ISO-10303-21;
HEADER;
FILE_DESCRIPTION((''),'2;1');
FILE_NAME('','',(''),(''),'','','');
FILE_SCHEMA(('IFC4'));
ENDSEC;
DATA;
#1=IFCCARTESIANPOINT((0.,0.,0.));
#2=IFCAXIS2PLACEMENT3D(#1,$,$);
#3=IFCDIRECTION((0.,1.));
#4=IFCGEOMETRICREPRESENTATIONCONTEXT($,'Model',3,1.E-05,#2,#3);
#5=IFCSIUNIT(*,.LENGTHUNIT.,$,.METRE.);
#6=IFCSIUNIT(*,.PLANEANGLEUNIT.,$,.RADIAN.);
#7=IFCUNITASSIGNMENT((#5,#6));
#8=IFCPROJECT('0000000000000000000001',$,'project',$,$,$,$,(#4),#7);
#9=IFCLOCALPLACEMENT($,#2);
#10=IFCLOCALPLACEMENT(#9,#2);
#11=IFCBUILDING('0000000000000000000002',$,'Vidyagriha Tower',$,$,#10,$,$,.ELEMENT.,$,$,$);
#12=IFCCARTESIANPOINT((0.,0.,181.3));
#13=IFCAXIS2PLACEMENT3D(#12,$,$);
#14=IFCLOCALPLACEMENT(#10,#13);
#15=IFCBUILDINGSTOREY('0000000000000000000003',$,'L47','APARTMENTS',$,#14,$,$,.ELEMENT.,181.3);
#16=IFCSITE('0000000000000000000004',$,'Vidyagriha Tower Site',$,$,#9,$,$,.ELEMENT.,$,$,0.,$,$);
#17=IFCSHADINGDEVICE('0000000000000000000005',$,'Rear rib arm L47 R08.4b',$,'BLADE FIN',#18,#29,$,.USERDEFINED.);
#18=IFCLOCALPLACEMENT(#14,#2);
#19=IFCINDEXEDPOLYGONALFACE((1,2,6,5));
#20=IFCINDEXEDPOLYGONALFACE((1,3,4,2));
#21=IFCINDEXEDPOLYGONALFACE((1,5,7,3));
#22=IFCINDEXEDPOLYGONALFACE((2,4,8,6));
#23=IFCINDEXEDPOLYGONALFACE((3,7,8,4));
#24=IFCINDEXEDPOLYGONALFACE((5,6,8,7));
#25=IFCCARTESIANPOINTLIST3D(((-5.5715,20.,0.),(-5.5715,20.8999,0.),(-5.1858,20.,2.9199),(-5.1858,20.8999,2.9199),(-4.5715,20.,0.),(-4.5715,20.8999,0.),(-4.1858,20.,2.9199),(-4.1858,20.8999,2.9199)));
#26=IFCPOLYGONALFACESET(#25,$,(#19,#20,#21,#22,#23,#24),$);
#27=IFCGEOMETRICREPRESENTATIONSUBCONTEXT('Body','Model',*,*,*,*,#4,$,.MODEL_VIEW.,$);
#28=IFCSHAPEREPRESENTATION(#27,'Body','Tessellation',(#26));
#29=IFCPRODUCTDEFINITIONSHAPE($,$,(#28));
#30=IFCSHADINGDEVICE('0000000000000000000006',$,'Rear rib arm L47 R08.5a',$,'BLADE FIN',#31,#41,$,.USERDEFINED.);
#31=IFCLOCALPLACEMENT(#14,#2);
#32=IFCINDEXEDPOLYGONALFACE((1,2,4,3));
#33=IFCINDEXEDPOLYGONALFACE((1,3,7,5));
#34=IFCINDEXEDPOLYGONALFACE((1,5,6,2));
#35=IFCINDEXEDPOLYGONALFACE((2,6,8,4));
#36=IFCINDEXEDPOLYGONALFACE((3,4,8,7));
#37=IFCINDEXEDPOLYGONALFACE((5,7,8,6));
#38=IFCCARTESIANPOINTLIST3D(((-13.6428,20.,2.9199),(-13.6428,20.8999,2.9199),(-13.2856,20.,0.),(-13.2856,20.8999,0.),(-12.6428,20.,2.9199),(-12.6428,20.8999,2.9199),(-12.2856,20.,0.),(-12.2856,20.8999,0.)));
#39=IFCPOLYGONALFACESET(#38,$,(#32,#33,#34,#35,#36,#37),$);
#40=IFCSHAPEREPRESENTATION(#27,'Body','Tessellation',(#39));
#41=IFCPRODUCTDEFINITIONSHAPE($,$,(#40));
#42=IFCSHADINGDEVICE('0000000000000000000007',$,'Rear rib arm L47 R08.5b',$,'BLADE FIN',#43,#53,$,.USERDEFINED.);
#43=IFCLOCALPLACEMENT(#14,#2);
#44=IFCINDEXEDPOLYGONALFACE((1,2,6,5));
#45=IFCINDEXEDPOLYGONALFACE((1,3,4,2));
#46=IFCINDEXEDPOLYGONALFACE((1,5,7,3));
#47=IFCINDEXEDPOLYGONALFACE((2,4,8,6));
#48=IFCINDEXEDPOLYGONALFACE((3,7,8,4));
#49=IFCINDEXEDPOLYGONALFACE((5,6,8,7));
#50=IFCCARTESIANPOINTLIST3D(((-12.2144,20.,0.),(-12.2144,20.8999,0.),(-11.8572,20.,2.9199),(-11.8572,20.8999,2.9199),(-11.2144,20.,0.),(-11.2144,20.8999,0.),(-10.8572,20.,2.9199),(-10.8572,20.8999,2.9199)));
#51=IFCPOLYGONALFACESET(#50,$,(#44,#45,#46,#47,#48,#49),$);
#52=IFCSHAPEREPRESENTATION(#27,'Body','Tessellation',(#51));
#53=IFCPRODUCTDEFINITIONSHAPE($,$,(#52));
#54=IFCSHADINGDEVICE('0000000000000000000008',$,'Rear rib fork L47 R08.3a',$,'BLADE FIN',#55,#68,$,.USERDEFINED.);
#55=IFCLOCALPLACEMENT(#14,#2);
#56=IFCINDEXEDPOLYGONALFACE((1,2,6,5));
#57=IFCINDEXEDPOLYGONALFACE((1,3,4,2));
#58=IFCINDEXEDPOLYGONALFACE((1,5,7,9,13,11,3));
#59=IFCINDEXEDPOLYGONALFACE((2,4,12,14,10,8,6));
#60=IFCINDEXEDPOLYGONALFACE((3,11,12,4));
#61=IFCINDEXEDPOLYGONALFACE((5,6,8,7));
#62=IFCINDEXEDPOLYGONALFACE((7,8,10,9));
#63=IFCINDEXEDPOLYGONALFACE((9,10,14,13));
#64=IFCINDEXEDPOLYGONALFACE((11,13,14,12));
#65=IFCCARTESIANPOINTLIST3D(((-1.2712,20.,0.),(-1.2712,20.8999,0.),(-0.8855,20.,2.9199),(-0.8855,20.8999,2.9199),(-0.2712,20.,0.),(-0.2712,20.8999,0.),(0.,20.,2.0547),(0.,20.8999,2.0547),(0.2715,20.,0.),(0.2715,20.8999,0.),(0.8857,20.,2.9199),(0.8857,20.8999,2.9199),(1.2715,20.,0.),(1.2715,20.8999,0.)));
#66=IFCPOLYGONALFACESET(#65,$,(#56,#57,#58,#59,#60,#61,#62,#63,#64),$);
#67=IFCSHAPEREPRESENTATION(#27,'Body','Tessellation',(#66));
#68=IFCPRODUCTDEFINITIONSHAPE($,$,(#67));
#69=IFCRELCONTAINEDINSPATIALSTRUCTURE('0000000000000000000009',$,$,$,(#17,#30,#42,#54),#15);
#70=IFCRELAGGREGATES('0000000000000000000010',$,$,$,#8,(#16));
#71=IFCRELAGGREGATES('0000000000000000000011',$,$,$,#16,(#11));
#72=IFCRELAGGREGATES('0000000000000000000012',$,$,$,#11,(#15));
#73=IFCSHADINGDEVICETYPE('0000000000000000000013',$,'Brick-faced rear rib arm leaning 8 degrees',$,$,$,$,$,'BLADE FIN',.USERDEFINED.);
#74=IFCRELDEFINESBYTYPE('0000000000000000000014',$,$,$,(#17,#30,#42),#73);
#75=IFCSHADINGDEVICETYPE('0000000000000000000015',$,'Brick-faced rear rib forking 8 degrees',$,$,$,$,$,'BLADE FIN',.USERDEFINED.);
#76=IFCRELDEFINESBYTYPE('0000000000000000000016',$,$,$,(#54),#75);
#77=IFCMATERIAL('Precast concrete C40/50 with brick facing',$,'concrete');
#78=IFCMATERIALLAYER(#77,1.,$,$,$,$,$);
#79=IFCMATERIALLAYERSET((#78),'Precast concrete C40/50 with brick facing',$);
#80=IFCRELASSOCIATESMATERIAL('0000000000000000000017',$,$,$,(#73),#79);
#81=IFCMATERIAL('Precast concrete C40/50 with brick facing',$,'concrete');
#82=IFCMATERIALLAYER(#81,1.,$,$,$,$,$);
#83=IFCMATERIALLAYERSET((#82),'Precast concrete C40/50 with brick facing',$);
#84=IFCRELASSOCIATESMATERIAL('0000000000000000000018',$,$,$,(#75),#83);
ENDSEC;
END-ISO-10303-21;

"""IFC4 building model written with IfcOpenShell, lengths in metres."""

from ifc_helpers import new_model, si_unit, direction, frame, origin, place, context, subcontext, project, spatial, polyline, outline, extrude, material, layer, layer_set, type_object, element, save


model = new_model("IFC4")

# Units and contexts
model_context = context("Model", 3, precision=1e-05, world=origin(), true_north=direction((0.0, 1.0)))
body_context = subcontext(model_context, "Body", "Model", "MODEL_VIEW")
ifc_project = project(units=[si_unit("LENGTHUNIT", "METRE"), si_unit("PLANEANGLEUNIT", "RADIAN")], contexts=[model_context])

# Site, building, storey
site_placement = place(None, origin())
site = spatial("IfcSite", under=ifc_project, at=site_placement, Name="Vidyagriha Tower Site", CompositionType="ELEMENT", RefElevation=0.0)
building_placement = place(site_placement, origin())
building = spatial("IfcBuilding", under=site, at=building_placement, Name="Vidyagriha Tower", CompositionType="ELEMENT")
storey_placement = place(building_placement, frame((0.0, 0.0, 181.3)))
storey = spatial("IfcBuildingStorey", under=building, at=storey_placement, Name="L47", Description="APARTMENTS", CompositionType="ELEMENT", Elevation=181.3)

# Shading devices
ifc_material_1 = material(Name="Precast concrete C40/50 with brick facing", Category="concrete")
ifc_layer_1 = layer(ifc_material_1, 1.0)
ifc_layer_set_1 = layer_set([ifc_layer_1], Name="Precast concrete C40/50 with brick facing")
shading_device_type_1 = type_object("IfcShadingDeviceType", Name="Brick-faced rear rib arm leaning 8 degrees", ElementType="BLADE FIN", PredefinedType="USERDEFINED", material=ifc_layer_set_1)
shading_device_1_placement = place(storey_placement, frame((-4.1858, 20.45, 0.0), z_axis=(0.0, 0.0, 1.0), x_axis=(-1.0, 0.0, 0.0)))
element("IfcShadingDevice", 1, at=shading_device_1_placement, inside=storey, type_object=shading_device_type_1, Name="Rear rib arm L47 R08.4b", ObjectType="BLADE FIN", PredefinedType="USERDEFINED", context=body_context, shape_type="SweptSolid", body=[
    extrude(outline(polyline([(0.3857, 0.0), (1.3857, 0.0), (1.0, 2.9199), (0.0, 2.9199), (0.3857, 0.0)])), frame((0.0, 0.45, 0.0), z_axis=(0.0, -1.0, 0.0), x_axis=(1.0, 0.0, 0.0)), (0.0, 0.0, 1.0), 0.8999),
])
shading_device_2_placement = place(storey_placement, frame((-12.2856, 20.45, 0.0), z_axis=(0.0, 0.0, 1.0), x_axis=(-1.0, 0.0, 0.0)))
element("IfcShadingDevice", 2, at=shading_device_2_placement, inside=storey, type_object=shading_device_type_1, Name="Rear rib arm L47 R08.5a", ObjectType="BLADE FIN", PredefinedType="USERDEFINED", context=body_context, shape_type="SweptSolid", body=[
    extrude(outline(polyline([(0.0, 0.0), (1.0, 0.0), (1.3572, 2.9199), (0.3572, 2.9199), (0.0, 0.0)])), frame((0.0, 0.45, 0.0), z_axis=(0.0, -1.0, 0.0), x_axis=(1.0, 0.0, 0.0)), (0.0, 0.0, 1.0), 0.8999),
])
shading_device_3_placement = place(storey_placement, frame((-10.8572, 20.45, 0.0), z_axis=(0.0, 0.0, 1.0), x_axis=(-1.0, 0.0, 0.0)))
element("IfcShadingDevice", 3, at=shading_device_3_placement, inside=storey, type_object=shading_device_type_1, Name="Rear rib arm L47 R08.5b", ObjectType="BLADE FIN", PredefinedType="USERDEFINED", context=body_context, shape_type="SweptSolid", body=[
    extrude(outline(polyline([(0.3572, 0.0), (1.3572, 0.0), (1.0, 2.9199), (0.0, 2.9199), (0.3572, 0.0)])), frame((0.0, 0.45, 0.0), z_axis=(0.0, -1.0, 0.0), x_axis=(1.0, 0.0, 0.0)), (0.0, 0.0, 1.0), 0.8999),
])
ifc_material_2 = material(Name="Precast concrete C40/50 with brick facing", Category="concrete")
ifc_layer_2 = layer(ifc_material_2, 1.0)
ifc_layer_set_2 = layer_set([ifc_layer_2], Name="Precast concrete C40/50 with brick facing")
shading_device_type_2 = type_object("IfcShadingDeviceType", Name="Brick-faced rear rib forking 8 degrees", ElementType="BLADE FIN", PredefinedType="USERDEFINED", material=ifc_layer_set_2)
shading_device_4_placement = place(storey_placement, frame((1.2715, 20.45, 0.0), z_axis=(0.0, 0.0, 1.0), x_axis=(-1.0, 0.0, 0.0)))
element("IfcShadingDevice", 4, at=shading_device_4_placement, inside=storey, type_object=shading_device_type_2, Name="Rear rib fork L47 R08.3a", ObjectType="BLADE FIN", PredefinedType="USERDEFINED", context=body_context, shape_type="SweptSolid", body=[
    extrude(outline(polyline([(1.0, 0.0), (1.2715, 2.0547), (1.5427, 0.0), (2.5427, 0.0), (2.157, 2.9199), (0.3857, 2.9199), (0.0, 0.0), (1.0, 0.0)])), frame((0.0, 0.45, 0.0), z_axis=(0.0, -1.0, 0.0), x_axis=(1.0, 0.0, 0.0)), (0.0, 0.0, 1.0), 0.8999),
])

save(model, "model.ifc")
